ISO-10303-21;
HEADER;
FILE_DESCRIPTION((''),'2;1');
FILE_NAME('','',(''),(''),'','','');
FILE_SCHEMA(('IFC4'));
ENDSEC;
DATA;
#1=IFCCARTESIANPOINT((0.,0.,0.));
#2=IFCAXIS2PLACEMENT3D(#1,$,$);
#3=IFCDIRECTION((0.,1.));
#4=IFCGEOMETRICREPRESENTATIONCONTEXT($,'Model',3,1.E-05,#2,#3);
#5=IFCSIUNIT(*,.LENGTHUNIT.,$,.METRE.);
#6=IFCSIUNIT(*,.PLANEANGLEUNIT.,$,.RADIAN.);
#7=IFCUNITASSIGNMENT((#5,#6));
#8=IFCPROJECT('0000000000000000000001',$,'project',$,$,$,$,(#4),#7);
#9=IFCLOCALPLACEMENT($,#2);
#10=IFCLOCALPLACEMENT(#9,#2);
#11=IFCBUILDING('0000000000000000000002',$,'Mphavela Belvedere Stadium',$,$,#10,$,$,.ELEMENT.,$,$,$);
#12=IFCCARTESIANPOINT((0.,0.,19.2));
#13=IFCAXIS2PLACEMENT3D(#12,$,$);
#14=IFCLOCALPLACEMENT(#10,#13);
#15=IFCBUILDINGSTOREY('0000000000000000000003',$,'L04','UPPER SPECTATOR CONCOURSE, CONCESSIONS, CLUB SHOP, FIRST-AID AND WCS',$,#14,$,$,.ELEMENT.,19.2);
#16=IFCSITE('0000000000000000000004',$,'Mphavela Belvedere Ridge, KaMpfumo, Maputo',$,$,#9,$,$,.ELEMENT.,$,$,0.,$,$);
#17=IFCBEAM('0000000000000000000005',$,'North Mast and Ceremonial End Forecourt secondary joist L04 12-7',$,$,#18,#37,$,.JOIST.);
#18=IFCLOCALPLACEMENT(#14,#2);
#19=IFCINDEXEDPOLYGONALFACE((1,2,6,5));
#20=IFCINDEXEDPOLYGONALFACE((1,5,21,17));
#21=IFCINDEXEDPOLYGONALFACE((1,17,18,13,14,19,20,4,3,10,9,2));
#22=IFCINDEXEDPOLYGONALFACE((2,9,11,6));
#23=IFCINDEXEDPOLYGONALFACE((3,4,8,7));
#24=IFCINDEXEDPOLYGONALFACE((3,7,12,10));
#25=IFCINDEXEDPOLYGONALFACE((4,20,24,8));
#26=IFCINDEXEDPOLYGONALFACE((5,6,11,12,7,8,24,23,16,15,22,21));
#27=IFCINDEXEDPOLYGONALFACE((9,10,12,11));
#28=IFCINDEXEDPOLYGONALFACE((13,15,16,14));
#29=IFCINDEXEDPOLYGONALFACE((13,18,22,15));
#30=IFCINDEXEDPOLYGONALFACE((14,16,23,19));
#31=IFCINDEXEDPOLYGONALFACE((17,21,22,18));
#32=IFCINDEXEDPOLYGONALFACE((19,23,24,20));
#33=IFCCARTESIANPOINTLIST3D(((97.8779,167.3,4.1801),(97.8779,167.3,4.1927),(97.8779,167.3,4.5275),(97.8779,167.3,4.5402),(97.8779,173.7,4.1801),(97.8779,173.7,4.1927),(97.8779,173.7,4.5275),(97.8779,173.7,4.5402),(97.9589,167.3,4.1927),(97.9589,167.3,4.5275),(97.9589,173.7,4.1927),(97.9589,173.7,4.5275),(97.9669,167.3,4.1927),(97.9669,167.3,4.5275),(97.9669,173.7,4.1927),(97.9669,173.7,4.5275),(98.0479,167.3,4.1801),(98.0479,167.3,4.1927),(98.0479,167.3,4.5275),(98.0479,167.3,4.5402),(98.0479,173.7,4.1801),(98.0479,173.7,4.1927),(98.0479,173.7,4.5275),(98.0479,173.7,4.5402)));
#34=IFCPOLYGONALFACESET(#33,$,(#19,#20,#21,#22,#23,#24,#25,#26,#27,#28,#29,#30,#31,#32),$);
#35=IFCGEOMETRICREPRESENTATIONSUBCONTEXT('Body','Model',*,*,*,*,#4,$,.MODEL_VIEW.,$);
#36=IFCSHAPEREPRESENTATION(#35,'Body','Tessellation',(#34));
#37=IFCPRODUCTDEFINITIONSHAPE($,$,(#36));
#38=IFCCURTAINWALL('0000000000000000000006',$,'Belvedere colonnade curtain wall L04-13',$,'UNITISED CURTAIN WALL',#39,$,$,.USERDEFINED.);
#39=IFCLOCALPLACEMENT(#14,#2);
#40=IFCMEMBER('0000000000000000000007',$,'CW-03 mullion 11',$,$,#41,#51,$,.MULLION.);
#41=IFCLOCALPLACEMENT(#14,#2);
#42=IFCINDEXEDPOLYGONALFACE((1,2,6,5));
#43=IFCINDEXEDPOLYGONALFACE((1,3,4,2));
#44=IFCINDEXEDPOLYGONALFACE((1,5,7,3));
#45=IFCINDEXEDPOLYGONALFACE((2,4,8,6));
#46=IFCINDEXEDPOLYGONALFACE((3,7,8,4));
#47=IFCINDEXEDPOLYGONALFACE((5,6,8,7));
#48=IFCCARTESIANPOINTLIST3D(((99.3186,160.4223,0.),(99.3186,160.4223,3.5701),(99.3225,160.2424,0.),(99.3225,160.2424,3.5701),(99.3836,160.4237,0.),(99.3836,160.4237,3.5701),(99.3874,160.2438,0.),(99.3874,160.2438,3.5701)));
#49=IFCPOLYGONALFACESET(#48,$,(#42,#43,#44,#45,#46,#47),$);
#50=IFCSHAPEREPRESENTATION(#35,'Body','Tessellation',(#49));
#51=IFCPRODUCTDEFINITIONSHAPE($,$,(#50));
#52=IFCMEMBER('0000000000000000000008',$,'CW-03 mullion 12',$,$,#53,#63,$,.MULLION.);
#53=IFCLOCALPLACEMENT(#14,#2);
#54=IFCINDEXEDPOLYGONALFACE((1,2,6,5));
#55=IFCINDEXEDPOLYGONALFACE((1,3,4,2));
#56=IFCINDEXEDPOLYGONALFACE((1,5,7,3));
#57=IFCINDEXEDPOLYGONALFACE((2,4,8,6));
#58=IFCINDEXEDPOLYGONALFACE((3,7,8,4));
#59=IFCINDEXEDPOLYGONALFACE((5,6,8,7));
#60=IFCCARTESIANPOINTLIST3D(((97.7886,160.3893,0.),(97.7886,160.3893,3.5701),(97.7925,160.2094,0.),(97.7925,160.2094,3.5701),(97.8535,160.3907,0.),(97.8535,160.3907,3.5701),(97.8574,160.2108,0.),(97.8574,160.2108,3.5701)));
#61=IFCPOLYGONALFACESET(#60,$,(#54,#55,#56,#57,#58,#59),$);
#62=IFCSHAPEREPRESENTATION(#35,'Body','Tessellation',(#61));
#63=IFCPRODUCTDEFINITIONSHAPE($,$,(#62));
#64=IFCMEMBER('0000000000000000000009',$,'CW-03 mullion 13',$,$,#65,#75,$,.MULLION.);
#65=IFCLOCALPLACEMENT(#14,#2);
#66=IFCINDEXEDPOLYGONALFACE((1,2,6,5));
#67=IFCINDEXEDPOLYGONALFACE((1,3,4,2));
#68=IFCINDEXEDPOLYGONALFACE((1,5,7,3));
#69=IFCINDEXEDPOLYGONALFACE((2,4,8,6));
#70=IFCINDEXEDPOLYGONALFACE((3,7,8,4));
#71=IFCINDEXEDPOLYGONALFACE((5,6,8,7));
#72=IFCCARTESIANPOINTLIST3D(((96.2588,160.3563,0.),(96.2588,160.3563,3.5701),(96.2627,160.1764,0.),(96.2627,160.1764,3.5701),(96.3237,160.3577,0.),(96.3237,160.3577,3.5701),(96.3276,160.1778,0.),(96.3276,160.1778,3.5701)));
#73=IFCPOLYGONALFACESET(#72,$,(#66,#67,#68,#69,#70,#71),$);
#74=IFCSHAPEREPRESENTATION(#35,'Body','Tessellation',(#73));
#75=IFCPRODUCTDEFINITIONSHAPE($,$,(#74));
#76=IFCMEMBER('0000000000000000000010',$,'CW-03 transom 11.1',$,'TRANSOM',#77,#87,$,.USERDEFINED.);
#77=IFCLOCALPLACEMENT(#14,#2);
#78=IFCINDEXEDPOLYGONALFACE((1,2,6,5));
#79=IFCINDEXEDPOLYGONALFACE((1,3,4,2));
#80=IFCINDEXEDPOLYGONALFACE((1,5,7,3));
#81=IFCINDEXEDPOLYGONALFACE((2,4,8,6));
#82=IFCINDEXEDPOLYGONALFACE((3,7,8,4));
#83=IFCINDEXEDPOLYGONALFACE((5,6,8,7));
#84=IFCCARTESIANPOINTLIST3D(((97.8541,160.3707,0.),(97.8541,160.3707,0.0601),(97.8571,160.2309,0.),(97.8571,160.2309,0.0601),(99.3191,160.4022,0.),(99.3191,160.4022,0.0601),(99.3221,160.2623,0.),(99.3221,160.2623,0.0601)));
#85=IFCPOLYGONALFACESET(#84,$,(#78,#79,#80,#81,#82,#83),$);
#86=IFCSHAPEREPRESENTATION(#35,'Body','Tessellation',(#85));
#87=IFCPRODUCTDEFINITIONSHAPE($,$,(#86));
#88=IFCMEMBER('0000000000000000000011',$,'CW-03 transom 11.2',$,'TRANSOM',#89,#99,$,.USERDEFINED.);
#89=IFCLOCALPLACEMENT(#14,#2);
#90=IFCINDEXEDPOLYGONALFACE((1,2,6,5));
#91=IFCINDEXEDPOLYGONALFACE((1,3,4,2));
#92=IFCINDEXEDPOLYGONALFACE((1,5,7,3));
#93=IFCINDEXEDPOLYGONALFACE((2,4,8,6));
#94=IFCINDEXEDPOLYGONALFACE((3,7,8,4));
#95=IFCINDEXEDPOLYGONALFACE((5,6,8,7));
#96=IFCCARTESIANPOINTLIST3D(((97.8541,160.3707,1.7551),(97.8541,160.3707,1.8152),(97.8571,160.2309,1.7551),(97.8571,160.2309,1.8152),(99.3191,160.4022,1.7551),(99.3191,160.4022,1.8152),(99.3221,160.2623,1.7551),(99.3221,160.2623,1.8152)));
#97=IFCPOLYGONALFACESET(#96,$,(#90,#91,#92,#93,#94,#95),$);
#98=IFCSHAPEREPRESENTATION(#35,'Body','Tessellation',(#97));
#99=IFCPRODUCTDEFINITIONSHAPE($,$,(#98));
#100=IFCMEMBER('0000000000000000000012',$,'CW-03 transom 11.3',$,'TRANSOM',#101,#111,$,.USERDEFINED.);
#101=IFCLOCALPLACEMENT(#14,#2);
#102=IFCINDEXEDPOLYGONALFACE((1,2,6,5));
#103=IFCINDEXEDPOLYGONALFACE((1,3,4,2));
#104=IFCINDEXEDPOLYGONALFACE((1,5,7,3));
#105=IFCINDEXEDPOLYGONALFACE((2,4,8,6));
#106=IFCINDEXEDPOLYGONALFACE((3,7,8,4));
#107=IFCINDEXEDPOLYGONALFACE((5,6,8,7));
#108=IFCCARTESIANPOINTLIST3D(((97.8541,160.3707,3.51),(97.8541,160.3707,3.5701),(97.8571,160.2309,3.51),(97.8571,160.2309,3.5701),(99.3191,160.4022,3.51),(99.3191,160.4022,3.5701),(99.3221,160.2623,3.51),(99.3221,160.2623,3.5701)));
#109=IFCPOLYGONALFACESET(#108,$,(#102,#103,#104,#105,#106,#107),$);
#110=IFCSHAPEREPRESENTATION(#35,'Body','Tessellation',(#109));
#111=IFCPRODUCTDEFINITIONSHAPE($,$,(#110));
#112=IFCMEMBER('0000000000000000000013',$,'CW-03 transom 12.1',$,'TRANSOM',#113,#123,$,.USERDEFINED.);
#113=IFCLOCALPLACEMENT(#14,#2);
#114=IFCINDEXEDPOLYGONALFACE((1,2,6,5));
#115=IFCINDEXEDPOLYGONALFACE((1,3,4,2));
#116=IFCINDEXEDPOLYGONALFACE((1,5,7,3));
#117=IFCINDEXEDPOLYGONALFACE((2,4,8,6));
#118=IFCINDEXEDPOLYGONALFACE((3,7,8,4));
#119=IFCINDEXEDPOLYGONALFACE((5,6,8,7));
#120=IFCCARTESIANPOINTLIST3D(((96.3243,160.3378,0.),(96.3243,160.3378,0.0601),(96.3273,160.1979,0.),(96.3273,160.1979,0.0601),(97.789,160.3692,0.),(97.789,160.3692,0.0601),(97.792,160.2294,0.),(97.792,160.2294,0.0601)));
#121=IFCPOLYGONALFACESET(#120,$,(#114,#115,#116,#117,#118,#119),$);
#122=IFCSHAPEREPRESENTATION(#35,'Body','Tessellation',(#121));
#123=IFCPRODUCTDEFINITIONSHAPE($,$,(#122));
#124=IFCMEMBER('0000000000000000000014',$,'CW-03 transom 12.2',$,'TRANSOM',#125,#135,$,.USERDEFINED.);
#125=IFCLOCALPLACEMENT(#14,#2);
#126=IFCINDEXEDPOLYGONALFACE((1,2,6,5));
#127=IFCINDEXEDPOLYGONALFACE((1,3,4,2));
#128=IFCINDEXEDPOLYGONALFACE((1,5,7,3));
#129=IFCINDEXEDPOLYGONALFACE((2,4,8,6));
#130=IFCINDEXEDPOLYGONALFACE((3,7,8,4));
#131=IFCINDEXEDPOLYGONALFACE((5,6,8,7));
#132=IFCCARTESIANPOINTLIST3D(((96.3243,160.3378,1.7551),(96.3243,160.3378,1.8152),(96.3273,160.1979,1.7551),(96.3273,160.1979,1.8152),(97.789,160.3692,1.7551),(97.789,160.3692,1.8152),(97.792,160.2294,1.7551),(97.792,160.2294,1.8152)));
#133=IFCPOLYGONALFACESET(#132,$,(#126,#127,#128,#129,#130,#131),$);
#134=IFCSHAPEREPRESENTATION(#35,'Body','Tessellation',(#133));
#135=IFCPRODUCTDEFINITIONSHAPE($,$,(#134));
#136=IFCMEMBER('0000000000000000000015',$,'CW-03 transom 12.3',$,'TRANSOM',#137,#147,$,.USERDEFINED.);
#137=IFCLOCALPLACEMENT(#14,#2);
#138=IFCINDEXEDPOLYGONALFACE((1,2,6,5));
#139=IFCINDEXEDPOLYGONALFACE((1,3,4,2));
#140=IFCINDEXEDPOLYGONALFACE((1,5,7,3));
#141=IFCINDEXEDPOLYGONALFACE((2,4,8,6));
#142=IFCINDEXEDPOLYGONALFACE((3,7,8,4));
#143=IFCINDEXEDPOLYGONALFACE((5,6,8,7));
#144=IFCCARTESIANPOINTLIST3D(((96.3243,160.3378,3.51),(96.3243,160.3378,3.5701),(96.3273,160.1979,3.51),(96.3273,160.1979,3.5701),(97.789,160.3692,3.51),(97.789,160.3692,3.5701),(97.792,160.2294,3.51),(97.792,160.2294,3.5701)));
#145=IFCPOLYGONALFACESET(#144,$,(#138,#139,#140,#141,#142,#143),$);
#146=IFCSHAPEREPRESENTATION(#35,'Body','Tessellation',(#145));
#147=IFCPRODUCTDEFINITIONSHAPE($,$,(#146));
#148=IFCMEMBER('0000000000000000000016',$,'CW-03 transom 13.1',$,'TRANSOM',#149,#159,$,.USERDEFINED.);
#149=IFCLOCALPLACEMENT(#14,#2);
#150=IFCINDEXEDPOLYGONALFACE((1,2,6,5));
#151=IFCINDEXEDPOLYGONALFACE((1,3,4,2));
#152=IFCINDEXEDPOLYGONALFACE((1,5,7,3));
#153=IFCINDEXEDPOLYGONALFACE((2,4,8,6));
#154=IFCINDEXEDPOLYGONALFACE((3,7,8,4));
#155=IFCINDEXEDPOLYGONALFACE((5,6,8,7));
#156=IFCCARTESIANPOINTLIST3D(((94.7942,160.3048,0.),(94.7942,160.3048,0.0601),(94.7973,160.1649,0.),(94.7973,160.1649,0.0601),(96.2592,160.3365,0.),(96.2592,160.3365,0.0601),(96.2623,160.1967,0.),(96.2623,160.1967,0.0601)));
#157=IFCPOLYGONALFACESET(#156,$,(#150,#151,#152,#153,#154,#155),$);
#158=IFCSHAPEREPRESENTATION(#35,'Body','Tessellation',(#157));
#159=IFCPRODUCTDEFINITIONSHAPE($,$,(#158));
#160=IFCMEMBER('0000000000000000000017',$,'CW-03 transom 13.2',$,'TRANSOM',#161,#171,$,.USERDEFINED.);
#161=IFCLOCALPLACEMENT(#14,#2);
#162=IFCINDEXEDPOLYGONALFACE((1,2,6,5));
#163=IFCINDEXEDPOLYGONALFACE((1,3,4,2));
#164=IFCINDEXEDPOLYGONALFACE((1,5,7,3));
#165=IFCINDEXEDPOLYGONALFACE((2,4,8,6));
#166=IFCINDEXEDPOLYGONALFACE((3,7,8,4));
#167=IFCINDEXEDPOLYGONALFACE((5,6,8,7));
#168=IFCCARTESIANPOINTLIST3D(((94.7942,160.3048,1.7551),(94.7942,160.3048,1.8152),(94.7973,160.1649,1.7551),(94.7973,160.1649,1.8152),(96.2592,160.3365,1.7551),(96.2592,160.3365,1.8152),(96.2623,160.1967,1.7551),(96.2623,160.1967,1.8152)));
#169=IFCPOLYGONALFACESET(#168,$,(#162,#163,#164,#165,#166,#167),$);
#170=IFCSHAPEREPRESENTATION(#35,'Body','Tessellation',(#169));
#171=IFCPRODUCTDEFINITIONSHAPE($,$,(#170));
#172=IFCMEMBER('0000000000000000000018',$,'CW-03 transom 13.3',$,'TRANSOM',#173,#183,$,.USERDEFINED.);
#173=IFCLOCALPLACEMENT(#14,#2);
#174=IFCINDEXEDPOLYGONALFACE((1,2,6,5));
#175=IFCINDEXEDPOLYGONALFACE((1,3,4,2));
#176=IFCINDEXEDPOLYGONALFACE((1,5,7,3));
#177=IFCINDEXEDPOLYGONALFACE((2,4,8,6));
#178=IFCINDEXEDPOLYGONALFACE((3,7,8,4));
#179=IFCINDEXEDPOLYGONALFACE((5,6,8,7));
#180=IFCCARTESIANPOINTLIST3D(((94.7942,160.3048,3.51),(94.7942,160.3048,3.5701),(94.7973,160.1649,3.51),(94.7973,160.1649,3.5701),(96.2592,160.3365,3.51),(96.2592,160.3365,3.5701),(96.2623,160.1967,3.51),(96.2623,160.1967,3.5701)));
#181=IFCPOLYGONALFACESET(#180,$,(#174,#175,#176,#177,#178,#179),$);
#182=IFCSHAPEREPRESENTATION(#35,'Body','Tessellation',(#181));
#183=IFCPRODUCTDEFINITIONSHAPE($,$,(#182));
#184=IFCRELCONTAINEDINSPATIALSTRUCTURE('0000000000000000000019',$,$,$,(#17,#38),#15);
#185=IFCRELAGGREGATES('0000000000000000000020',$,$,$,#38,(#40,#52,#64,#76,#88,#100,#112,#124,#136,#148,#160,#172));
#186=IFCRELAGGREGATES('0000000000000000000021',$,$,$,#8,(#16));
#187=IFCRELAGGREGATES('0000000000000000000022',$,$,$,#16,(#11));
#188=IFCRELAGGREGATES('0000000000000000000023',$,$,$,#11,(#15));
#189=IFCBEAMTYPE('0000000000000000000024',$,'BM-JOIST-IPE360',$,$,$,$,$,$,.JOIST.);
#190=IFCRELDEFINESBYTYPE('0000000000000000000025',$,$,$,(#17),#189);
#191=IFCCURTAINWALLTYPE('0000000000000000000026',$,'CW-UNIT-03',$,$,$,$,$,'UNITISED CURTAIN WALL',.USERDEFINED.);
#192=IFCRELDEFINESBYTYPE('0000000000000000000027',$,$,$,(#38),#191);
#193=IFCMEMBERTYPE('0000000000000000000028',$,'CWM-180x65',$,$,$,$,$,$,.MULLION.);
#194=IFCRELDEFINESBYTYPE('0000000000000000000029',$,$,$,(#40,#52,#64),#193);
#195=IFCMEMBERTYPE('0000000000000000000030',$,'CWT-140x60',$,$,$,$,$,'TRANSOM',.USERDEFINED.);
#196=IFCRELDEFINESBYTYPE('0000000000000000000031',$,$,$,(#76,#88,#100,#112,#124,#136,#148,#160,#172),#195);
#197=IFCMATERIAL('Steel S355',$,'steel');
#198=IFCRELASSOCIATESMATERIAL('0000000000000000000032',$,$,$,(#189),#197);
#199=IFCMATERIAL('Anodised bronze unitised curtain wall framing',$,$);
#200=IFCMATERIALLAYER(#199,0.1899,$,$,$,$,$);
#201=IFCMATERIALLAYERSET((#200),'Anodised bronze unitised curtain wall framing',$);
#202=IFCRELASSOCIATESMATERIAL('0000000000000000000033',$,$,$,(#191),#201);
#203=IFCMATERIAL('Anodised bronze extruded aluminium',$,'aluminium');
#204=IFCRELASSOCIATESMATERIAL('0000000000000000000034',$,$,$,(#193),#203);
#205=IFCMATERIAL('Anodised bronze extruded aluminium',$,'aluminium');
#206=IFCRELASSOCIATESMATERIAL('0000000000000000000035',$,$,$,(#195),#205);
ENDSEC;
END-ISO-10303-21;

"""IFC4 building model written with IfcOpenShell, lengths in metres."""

from ifc_helpers import new_model, si_unit, direction, frame, origin, origin_2d, place, context, subcontext, project, spatial, rectangle, i_section, extrude, material, layer, layer_set, material_profile, profile_set, type_object, element, aggregate, save


model = new_model("IFC4")

# Units and contexts
model_context = context("Model", 3, precision=1e-05, world=origin(), true_north=direction((0.0, 1.0)))
body_context = subcontext(model_context, "Body", "Model", "MODEL_VIEW")
ifc_project = project(units=[si_unit("LENGTHUNIT", "METRE"), si_unit("PLANEANGLEUNIT", "RADIAN")], contexts=[model_context])

# Site, building, storey
site_placement = place(None, origin())
site = spatial("IfcSite", under=ifc_project, at=site_placement, Name="Mphavela Belvedere Ridge, KaMpfumo, Maputo", CompositionType="ELEMENT", RefElevation=0.0)
building_placement = place(site_placement, origin())
building = spatial("IfcBuilding", under=site, at=building_placement, Name="Mphavela Belvedere Stadium", CompositionType="ELEMENT")
storey_placement = place(building_placement, frame((0.0, 0.0, 19.2)))
storey = spatial("IfcBuildingStorey", under=building, at=storey_placement, Name="L04", Description="UPPER SPECTATOR CONCOURSE, CONCESSIONS, CLUB SHOP, FIRST-AID AND WCS", CompositionType="ELEMENT", Elevation=19.2)

# Beam
ifc_material_1 = material(Name="Steel S355", Category="steel")
ifc_material_profile_1 = material_profile(ifc_material_1, i_section(OverallWidth=0.1699, OverallDepth=0.3601, WebThickness=0.0081, FlangeThickness=0.0127, at=origin_2d()), Name="IPE 360")
ifc_profile_set_1 = profile_set([ifc_material_profile_1], Name="Steel S355")
beam_type_1 = type_object("IfcBeamType", Name="BM-JOIST-IPE360", PredefinedType="JOIST", material=ifc_profile_set_1)
for number, where, z_axis, x_axis, name in (
    (1, (97.9629, 167.3, 4.3601), (0.0, 1.0, 0.0), (-1.0, 0.0, 0.0), "North Mast and Ceremonial End Forecourt secondary joist L04 12-7"),
):
    element("IfcBeam", number, at=place(storey_placement, frame(where, z_axis=z_axis, x_axis=x_axis)), inside=storey, type_object=beam_type_1, Name=name, PredefinedType="JOIST", context=body_context, shape_type="SweptSolid", body=[
        extrude(i_section(OverallWidth=0.1699, OverallDepth=0.3601, WebThickness=0.0081, FlangeThickness=0.0127, at=origin_2d()), origin(), (0.0, 0.0, 1.0), 6.3999),
    ])

# Curtain wall, members
ifc_material_2 = material(Name="Anodised bronze unitised curtain wall framing")
ifc_layer_1 = layer(ifc_material_2, 0.1899)
ifc_layer_set_1 = layer_set([ifc_layer_1], Name="Anodised bronze unitised curtain wall framing")
curtain_wall_type = type_object("IfcCurtainWallType", Name="CW-UNIT-03", ElementType="UNITISED CURTAIN WALL", PredefinedType="USERDEFINED", material=ifc_layer_set_1)
curtain_wall_placement = place(storey_placement, origin())
curtain_wall = element("IfcCurtainWall", 2, at=curtain_wall_placement, inside=storey, type_object=curtain_wall_type, Name="Belvedere colonnade curtain wall L04-13", ObjectType="UNITISED CURTAIN WALL", PredefinedType="USERDEFINED")
ifc_material_3 = material(Name="Anodised bronze extruded aluminium", Category="aluminium")
ifc_material_profile_2 = material_profile(ifc_material_3, rectangle(XDim=0.1799, YDim=0.0649, at=origin_2d()), Name="CW-MUL 180x65")
ifc_profile_set_2 = profile_set([ifc_material_profile_2], Name="Anodised bronze extruded aluminium")
member_type_1 = type_object("IfcMemberType", Name="CWM-180x65", PredefinedType="MULLION", material=ifc_profile_set_2)
member_1_placement = place(storey_placement, frame((99.353, 160.333, 0.0), z_axis=(0.0, 0.0, 1.0), x_axis=(0.021527, -0.999768, 0.0)))
member_1 = element("IfcMember", 3, at=member_1_placement, type_object=member_type_1, Name="CW-03 mullion 11", PredefinedType="MULLION", context=body_context, shape_type="SweptSolid", body=[
    extrude(rectangle(XDim=0.1799, YDim=0.0649, at=origin_2d()), origin(), (0.0, 0.0, 1.0), 3.5701),
])
member_2_placement = place(storey_placement, frame((97.823, 160.3, 0.0), z_axis=(0.0, 0.0, 1.0), x_axis=(0.021527, -0.999768, 0.0)))
member_2 = element("IfcMember", 4, at=member_2_placement, type_object=member_type_1, Name="CW-03 mullion 12", PredefinedType="MULLION", context=body_context, shape_type="SweptSolid", body=[
    extrude(rectangle(XDim=0.1799, YDim=0.0649, at=origin_2d()), origin(), (0.0, 0.0, 1.0), 3.5701),
])
member_3_placement = place(storey_placement, frame((96.2932, 160.2671, 0.0), z_axis=(0.0, 0.0, 1.0), x_axis=(0.021527, -0.999768, 0.0)))
member_3 = element("IfcMember", 5, at=member_3_placement, type_object=member_type_1, Name="CW-03 mullion 13", PredefinedType="MULLION", context=body_context, shape_type="SweptSolid", body=[
    extrude(rectangle(XDim=0.1799, YDim=0.0649, at=origin_2d()), origin(), (0.0, 0.0, 1.0), 3.5701),
])
ifc_material_4 = material(Name="Anodised bronze extruded aluminium", Category="aluminium")
ifc_material_profile_3 = material_profile(ifc_material_4, rectangle(XDim=0.1399, YDim=0.0601, at=origin_2d()), Name="CW-TRN 140x60")
ifc_profile_set_3 = profile_set([ifc_material_profile_3], Name="Anodised bronze extruded aluminium")
member_type_2 = type_object("IfcMemberType", Name="CWT-140x60", ElementType="TRANSOM", PredefinedType="USERDEFINED", material=ifc_profile_set_3)
member_4_placement = place(storey_placement, frame((99.3206, 160.3323, 0.03), z_axis=(-0.999769, -0.021491, 0.0), x_axis=(0.021491, -0.999769, 0.0)))
member_4 = element("IfcMember", 6, at=member_4_placement, type_object=member_type_2, Name="CW-03 transom 11.1", ObjectType="TRANSOM", PredefinedType="USERDEFINED", context=body_context, shape_type="SweptSolid", body=[
    extrude(rectangle(XDim=0.1399, YDim=0.0601, at=origin_2d()), origin(), (0.0, 0.0, 1.0), 1.4653),
])
member_5_placement = place(storey_placement, frame((99.3206, 160.3323, 1.7852), z_axis=(-0.999769, -0.021491, 0.0), x_axis=(0.021491, -0.999769, 0.0)))
member_5 = element("IfcMember", 7, at=member_5_placement, type_object=member_type_2, Name="CW-03 transom 11.2", ObjectType="TRANSOM", PredefinedType="USERDEFINED", context=body_context, shape_type="SweptSolid", body=[
    extrude(rectangle(XDim=0.1399, YDim=0.0601, at=origin_2d()), origin(), (0.0, 0.0, 1.0), 1.4653),
])
member_6_placement = place(storey_placement, frame((99.3206, 160.3323, 3.54), z_axis=(-0.999769, -0.021491, 0.0), x_axis=(0.021491, -0.999769, 0.0)))
member_6 = element("IfcMember", 8, at=member_6_placement, type_object=member_type_2, Name="CW-03 transom 11.3", ObjectType="TRANSOM", PredefinedType="USERDEFINED", context=body_context, shape_type="SweptSolid", body=[
    extrude(rectangle(XDim=0.1399, YDim=0.0601, at=origin_2d()), origin(), (0.0, 0.0, 1.0), 1.4653),
])
member_7_placement = place(storey_placement, frame((97.7905, 160.2993, 0.03), z_axis=(-0.999769, -0.021495, 0.0), x_axis=(0.021495, -0.999769, 0.0)))
member_7 = element("IfcMember", 9, at=member_7_placement, type_object=member_type_2, Name="CW-03 transom 12.1", ObjectType="TRANSOM", PredefinedType="USERDEFINED", context=body_context, shape_type="SweptSolid", body=[
    extrude(rectangle(XDim=0.1399, YDim=0.0601, at=origin_2d()), origin(), (0.0, 0.0, 1.0), 1.4651),
])
member_8_placement = place(storey_placement, frame((97.7905, 160.2993, 1.7852), z_axis=(-0.999769, -0.021495, 0.0), x_axis=(0.021495, -0.999769, 0.0)))
member_8 = element("IfcMember", 10, at=member_8_placement, type_object=member_type_2, Name="CW-03 transom 12.2", ObjectType="TRANSOM", PredefinedType="USERDEFINED", context=body_context, shape_type="SweptSolid", body=[
    extrude(rectangle(XDim=0.1399, YDim=0.0601, at=origin_2d()), origin(), (0.0, 0.0, 1.0), 1.4651),
])
member_9_placement = place(storey_placement, frame((97.7905, 160.2993, 3.54), z_axis=(-0.999769, -0.021495, 0.0), x_axis=(0.021495, -0.999769, 0.0)))
member_9 = element("IfcMember", 11, at=member_9_placement, type_object=member_type_2, Name="CW-03 transom 12.3", ObjectType="TRANSOM", PredefinedType="USERDEFINED", context=body_context, shape_type="SweptSolid", body=[
    extrude(rectangle(XDim=0.1399, YDim=0.0601, at=origin_2d()), origin(), (0.0, 0.0, 1.0), 1.4651),
])
member_10_placement = place(storey_placement, frame((96.2607, 160.2666, 0.03), z_axis=(-0.999765, -0.021658, 0.0), x_axis=(0.021658, -0.999765, 0.0)))
member_10 = element("IfcMember", 12, at=member_10_placement, type_object=member_type_2, Name="CW-03 transom 13.1", ObjectType="TRANSOM", PredefinedType="USERDEFINED", context=body_context, shape_type="SweptSolid", body=[
    extrude(rectangle(XDim=0.1399, YDim=0.0601, at=origin_2d()), origin(), (0.0, 0.0, 1.0), 1.4653),
])
member_11_placement = place(storey_placement, frame((96.2607, 160.2666, 1.7852), z_axis=(-0.999765, -0.021658, 0.0), x_axis=(0.021658, -0.999765, 0.0)))
member_11 = element("IfcMember", 13, at=member_11_placement, type_object=member_type_2, Name="CW-03 transom 13.2", ObjectType="TRANSOM", PredefinedType="USERDEFINED", context=body_context, shape_type="SweptSolid", body=[
    extrude(rectangle(XDim=0.1399, YDim=0.0601, at=origin_2d()), origin(), (0.0, 0.0, 1.0), 1.4653),
])
member_12_placement = place(storey_placement, frame((96.2607, 160.2666, 3.54), z_axis=(-0.999765, -0.021658, 0.0), x_axis=(0.021658, -0.999765, 0.0)))
member_12 = element("IfcMember", 14, at=member_12_placement, type_object=member_type_2, Name="CW-03 transom 13.3", ObjectType="TRANSOM", PredefinedType="USERDEFINED", context=body_context, shape_type="SweptSolid", body=[
    extrude(rectangle(XDim=0.1399, YDim=0.0601, at=origin_2d()), origin(), (0.0, 0.0, 1.0), 1.4653),
])
aggregate(curtain_wall, [member_1, member_2, member_3, member_4, member_5, member_6, member_7, member_8, member_9, member_10, member_11, member_12])

save(model, "model.ifc")
